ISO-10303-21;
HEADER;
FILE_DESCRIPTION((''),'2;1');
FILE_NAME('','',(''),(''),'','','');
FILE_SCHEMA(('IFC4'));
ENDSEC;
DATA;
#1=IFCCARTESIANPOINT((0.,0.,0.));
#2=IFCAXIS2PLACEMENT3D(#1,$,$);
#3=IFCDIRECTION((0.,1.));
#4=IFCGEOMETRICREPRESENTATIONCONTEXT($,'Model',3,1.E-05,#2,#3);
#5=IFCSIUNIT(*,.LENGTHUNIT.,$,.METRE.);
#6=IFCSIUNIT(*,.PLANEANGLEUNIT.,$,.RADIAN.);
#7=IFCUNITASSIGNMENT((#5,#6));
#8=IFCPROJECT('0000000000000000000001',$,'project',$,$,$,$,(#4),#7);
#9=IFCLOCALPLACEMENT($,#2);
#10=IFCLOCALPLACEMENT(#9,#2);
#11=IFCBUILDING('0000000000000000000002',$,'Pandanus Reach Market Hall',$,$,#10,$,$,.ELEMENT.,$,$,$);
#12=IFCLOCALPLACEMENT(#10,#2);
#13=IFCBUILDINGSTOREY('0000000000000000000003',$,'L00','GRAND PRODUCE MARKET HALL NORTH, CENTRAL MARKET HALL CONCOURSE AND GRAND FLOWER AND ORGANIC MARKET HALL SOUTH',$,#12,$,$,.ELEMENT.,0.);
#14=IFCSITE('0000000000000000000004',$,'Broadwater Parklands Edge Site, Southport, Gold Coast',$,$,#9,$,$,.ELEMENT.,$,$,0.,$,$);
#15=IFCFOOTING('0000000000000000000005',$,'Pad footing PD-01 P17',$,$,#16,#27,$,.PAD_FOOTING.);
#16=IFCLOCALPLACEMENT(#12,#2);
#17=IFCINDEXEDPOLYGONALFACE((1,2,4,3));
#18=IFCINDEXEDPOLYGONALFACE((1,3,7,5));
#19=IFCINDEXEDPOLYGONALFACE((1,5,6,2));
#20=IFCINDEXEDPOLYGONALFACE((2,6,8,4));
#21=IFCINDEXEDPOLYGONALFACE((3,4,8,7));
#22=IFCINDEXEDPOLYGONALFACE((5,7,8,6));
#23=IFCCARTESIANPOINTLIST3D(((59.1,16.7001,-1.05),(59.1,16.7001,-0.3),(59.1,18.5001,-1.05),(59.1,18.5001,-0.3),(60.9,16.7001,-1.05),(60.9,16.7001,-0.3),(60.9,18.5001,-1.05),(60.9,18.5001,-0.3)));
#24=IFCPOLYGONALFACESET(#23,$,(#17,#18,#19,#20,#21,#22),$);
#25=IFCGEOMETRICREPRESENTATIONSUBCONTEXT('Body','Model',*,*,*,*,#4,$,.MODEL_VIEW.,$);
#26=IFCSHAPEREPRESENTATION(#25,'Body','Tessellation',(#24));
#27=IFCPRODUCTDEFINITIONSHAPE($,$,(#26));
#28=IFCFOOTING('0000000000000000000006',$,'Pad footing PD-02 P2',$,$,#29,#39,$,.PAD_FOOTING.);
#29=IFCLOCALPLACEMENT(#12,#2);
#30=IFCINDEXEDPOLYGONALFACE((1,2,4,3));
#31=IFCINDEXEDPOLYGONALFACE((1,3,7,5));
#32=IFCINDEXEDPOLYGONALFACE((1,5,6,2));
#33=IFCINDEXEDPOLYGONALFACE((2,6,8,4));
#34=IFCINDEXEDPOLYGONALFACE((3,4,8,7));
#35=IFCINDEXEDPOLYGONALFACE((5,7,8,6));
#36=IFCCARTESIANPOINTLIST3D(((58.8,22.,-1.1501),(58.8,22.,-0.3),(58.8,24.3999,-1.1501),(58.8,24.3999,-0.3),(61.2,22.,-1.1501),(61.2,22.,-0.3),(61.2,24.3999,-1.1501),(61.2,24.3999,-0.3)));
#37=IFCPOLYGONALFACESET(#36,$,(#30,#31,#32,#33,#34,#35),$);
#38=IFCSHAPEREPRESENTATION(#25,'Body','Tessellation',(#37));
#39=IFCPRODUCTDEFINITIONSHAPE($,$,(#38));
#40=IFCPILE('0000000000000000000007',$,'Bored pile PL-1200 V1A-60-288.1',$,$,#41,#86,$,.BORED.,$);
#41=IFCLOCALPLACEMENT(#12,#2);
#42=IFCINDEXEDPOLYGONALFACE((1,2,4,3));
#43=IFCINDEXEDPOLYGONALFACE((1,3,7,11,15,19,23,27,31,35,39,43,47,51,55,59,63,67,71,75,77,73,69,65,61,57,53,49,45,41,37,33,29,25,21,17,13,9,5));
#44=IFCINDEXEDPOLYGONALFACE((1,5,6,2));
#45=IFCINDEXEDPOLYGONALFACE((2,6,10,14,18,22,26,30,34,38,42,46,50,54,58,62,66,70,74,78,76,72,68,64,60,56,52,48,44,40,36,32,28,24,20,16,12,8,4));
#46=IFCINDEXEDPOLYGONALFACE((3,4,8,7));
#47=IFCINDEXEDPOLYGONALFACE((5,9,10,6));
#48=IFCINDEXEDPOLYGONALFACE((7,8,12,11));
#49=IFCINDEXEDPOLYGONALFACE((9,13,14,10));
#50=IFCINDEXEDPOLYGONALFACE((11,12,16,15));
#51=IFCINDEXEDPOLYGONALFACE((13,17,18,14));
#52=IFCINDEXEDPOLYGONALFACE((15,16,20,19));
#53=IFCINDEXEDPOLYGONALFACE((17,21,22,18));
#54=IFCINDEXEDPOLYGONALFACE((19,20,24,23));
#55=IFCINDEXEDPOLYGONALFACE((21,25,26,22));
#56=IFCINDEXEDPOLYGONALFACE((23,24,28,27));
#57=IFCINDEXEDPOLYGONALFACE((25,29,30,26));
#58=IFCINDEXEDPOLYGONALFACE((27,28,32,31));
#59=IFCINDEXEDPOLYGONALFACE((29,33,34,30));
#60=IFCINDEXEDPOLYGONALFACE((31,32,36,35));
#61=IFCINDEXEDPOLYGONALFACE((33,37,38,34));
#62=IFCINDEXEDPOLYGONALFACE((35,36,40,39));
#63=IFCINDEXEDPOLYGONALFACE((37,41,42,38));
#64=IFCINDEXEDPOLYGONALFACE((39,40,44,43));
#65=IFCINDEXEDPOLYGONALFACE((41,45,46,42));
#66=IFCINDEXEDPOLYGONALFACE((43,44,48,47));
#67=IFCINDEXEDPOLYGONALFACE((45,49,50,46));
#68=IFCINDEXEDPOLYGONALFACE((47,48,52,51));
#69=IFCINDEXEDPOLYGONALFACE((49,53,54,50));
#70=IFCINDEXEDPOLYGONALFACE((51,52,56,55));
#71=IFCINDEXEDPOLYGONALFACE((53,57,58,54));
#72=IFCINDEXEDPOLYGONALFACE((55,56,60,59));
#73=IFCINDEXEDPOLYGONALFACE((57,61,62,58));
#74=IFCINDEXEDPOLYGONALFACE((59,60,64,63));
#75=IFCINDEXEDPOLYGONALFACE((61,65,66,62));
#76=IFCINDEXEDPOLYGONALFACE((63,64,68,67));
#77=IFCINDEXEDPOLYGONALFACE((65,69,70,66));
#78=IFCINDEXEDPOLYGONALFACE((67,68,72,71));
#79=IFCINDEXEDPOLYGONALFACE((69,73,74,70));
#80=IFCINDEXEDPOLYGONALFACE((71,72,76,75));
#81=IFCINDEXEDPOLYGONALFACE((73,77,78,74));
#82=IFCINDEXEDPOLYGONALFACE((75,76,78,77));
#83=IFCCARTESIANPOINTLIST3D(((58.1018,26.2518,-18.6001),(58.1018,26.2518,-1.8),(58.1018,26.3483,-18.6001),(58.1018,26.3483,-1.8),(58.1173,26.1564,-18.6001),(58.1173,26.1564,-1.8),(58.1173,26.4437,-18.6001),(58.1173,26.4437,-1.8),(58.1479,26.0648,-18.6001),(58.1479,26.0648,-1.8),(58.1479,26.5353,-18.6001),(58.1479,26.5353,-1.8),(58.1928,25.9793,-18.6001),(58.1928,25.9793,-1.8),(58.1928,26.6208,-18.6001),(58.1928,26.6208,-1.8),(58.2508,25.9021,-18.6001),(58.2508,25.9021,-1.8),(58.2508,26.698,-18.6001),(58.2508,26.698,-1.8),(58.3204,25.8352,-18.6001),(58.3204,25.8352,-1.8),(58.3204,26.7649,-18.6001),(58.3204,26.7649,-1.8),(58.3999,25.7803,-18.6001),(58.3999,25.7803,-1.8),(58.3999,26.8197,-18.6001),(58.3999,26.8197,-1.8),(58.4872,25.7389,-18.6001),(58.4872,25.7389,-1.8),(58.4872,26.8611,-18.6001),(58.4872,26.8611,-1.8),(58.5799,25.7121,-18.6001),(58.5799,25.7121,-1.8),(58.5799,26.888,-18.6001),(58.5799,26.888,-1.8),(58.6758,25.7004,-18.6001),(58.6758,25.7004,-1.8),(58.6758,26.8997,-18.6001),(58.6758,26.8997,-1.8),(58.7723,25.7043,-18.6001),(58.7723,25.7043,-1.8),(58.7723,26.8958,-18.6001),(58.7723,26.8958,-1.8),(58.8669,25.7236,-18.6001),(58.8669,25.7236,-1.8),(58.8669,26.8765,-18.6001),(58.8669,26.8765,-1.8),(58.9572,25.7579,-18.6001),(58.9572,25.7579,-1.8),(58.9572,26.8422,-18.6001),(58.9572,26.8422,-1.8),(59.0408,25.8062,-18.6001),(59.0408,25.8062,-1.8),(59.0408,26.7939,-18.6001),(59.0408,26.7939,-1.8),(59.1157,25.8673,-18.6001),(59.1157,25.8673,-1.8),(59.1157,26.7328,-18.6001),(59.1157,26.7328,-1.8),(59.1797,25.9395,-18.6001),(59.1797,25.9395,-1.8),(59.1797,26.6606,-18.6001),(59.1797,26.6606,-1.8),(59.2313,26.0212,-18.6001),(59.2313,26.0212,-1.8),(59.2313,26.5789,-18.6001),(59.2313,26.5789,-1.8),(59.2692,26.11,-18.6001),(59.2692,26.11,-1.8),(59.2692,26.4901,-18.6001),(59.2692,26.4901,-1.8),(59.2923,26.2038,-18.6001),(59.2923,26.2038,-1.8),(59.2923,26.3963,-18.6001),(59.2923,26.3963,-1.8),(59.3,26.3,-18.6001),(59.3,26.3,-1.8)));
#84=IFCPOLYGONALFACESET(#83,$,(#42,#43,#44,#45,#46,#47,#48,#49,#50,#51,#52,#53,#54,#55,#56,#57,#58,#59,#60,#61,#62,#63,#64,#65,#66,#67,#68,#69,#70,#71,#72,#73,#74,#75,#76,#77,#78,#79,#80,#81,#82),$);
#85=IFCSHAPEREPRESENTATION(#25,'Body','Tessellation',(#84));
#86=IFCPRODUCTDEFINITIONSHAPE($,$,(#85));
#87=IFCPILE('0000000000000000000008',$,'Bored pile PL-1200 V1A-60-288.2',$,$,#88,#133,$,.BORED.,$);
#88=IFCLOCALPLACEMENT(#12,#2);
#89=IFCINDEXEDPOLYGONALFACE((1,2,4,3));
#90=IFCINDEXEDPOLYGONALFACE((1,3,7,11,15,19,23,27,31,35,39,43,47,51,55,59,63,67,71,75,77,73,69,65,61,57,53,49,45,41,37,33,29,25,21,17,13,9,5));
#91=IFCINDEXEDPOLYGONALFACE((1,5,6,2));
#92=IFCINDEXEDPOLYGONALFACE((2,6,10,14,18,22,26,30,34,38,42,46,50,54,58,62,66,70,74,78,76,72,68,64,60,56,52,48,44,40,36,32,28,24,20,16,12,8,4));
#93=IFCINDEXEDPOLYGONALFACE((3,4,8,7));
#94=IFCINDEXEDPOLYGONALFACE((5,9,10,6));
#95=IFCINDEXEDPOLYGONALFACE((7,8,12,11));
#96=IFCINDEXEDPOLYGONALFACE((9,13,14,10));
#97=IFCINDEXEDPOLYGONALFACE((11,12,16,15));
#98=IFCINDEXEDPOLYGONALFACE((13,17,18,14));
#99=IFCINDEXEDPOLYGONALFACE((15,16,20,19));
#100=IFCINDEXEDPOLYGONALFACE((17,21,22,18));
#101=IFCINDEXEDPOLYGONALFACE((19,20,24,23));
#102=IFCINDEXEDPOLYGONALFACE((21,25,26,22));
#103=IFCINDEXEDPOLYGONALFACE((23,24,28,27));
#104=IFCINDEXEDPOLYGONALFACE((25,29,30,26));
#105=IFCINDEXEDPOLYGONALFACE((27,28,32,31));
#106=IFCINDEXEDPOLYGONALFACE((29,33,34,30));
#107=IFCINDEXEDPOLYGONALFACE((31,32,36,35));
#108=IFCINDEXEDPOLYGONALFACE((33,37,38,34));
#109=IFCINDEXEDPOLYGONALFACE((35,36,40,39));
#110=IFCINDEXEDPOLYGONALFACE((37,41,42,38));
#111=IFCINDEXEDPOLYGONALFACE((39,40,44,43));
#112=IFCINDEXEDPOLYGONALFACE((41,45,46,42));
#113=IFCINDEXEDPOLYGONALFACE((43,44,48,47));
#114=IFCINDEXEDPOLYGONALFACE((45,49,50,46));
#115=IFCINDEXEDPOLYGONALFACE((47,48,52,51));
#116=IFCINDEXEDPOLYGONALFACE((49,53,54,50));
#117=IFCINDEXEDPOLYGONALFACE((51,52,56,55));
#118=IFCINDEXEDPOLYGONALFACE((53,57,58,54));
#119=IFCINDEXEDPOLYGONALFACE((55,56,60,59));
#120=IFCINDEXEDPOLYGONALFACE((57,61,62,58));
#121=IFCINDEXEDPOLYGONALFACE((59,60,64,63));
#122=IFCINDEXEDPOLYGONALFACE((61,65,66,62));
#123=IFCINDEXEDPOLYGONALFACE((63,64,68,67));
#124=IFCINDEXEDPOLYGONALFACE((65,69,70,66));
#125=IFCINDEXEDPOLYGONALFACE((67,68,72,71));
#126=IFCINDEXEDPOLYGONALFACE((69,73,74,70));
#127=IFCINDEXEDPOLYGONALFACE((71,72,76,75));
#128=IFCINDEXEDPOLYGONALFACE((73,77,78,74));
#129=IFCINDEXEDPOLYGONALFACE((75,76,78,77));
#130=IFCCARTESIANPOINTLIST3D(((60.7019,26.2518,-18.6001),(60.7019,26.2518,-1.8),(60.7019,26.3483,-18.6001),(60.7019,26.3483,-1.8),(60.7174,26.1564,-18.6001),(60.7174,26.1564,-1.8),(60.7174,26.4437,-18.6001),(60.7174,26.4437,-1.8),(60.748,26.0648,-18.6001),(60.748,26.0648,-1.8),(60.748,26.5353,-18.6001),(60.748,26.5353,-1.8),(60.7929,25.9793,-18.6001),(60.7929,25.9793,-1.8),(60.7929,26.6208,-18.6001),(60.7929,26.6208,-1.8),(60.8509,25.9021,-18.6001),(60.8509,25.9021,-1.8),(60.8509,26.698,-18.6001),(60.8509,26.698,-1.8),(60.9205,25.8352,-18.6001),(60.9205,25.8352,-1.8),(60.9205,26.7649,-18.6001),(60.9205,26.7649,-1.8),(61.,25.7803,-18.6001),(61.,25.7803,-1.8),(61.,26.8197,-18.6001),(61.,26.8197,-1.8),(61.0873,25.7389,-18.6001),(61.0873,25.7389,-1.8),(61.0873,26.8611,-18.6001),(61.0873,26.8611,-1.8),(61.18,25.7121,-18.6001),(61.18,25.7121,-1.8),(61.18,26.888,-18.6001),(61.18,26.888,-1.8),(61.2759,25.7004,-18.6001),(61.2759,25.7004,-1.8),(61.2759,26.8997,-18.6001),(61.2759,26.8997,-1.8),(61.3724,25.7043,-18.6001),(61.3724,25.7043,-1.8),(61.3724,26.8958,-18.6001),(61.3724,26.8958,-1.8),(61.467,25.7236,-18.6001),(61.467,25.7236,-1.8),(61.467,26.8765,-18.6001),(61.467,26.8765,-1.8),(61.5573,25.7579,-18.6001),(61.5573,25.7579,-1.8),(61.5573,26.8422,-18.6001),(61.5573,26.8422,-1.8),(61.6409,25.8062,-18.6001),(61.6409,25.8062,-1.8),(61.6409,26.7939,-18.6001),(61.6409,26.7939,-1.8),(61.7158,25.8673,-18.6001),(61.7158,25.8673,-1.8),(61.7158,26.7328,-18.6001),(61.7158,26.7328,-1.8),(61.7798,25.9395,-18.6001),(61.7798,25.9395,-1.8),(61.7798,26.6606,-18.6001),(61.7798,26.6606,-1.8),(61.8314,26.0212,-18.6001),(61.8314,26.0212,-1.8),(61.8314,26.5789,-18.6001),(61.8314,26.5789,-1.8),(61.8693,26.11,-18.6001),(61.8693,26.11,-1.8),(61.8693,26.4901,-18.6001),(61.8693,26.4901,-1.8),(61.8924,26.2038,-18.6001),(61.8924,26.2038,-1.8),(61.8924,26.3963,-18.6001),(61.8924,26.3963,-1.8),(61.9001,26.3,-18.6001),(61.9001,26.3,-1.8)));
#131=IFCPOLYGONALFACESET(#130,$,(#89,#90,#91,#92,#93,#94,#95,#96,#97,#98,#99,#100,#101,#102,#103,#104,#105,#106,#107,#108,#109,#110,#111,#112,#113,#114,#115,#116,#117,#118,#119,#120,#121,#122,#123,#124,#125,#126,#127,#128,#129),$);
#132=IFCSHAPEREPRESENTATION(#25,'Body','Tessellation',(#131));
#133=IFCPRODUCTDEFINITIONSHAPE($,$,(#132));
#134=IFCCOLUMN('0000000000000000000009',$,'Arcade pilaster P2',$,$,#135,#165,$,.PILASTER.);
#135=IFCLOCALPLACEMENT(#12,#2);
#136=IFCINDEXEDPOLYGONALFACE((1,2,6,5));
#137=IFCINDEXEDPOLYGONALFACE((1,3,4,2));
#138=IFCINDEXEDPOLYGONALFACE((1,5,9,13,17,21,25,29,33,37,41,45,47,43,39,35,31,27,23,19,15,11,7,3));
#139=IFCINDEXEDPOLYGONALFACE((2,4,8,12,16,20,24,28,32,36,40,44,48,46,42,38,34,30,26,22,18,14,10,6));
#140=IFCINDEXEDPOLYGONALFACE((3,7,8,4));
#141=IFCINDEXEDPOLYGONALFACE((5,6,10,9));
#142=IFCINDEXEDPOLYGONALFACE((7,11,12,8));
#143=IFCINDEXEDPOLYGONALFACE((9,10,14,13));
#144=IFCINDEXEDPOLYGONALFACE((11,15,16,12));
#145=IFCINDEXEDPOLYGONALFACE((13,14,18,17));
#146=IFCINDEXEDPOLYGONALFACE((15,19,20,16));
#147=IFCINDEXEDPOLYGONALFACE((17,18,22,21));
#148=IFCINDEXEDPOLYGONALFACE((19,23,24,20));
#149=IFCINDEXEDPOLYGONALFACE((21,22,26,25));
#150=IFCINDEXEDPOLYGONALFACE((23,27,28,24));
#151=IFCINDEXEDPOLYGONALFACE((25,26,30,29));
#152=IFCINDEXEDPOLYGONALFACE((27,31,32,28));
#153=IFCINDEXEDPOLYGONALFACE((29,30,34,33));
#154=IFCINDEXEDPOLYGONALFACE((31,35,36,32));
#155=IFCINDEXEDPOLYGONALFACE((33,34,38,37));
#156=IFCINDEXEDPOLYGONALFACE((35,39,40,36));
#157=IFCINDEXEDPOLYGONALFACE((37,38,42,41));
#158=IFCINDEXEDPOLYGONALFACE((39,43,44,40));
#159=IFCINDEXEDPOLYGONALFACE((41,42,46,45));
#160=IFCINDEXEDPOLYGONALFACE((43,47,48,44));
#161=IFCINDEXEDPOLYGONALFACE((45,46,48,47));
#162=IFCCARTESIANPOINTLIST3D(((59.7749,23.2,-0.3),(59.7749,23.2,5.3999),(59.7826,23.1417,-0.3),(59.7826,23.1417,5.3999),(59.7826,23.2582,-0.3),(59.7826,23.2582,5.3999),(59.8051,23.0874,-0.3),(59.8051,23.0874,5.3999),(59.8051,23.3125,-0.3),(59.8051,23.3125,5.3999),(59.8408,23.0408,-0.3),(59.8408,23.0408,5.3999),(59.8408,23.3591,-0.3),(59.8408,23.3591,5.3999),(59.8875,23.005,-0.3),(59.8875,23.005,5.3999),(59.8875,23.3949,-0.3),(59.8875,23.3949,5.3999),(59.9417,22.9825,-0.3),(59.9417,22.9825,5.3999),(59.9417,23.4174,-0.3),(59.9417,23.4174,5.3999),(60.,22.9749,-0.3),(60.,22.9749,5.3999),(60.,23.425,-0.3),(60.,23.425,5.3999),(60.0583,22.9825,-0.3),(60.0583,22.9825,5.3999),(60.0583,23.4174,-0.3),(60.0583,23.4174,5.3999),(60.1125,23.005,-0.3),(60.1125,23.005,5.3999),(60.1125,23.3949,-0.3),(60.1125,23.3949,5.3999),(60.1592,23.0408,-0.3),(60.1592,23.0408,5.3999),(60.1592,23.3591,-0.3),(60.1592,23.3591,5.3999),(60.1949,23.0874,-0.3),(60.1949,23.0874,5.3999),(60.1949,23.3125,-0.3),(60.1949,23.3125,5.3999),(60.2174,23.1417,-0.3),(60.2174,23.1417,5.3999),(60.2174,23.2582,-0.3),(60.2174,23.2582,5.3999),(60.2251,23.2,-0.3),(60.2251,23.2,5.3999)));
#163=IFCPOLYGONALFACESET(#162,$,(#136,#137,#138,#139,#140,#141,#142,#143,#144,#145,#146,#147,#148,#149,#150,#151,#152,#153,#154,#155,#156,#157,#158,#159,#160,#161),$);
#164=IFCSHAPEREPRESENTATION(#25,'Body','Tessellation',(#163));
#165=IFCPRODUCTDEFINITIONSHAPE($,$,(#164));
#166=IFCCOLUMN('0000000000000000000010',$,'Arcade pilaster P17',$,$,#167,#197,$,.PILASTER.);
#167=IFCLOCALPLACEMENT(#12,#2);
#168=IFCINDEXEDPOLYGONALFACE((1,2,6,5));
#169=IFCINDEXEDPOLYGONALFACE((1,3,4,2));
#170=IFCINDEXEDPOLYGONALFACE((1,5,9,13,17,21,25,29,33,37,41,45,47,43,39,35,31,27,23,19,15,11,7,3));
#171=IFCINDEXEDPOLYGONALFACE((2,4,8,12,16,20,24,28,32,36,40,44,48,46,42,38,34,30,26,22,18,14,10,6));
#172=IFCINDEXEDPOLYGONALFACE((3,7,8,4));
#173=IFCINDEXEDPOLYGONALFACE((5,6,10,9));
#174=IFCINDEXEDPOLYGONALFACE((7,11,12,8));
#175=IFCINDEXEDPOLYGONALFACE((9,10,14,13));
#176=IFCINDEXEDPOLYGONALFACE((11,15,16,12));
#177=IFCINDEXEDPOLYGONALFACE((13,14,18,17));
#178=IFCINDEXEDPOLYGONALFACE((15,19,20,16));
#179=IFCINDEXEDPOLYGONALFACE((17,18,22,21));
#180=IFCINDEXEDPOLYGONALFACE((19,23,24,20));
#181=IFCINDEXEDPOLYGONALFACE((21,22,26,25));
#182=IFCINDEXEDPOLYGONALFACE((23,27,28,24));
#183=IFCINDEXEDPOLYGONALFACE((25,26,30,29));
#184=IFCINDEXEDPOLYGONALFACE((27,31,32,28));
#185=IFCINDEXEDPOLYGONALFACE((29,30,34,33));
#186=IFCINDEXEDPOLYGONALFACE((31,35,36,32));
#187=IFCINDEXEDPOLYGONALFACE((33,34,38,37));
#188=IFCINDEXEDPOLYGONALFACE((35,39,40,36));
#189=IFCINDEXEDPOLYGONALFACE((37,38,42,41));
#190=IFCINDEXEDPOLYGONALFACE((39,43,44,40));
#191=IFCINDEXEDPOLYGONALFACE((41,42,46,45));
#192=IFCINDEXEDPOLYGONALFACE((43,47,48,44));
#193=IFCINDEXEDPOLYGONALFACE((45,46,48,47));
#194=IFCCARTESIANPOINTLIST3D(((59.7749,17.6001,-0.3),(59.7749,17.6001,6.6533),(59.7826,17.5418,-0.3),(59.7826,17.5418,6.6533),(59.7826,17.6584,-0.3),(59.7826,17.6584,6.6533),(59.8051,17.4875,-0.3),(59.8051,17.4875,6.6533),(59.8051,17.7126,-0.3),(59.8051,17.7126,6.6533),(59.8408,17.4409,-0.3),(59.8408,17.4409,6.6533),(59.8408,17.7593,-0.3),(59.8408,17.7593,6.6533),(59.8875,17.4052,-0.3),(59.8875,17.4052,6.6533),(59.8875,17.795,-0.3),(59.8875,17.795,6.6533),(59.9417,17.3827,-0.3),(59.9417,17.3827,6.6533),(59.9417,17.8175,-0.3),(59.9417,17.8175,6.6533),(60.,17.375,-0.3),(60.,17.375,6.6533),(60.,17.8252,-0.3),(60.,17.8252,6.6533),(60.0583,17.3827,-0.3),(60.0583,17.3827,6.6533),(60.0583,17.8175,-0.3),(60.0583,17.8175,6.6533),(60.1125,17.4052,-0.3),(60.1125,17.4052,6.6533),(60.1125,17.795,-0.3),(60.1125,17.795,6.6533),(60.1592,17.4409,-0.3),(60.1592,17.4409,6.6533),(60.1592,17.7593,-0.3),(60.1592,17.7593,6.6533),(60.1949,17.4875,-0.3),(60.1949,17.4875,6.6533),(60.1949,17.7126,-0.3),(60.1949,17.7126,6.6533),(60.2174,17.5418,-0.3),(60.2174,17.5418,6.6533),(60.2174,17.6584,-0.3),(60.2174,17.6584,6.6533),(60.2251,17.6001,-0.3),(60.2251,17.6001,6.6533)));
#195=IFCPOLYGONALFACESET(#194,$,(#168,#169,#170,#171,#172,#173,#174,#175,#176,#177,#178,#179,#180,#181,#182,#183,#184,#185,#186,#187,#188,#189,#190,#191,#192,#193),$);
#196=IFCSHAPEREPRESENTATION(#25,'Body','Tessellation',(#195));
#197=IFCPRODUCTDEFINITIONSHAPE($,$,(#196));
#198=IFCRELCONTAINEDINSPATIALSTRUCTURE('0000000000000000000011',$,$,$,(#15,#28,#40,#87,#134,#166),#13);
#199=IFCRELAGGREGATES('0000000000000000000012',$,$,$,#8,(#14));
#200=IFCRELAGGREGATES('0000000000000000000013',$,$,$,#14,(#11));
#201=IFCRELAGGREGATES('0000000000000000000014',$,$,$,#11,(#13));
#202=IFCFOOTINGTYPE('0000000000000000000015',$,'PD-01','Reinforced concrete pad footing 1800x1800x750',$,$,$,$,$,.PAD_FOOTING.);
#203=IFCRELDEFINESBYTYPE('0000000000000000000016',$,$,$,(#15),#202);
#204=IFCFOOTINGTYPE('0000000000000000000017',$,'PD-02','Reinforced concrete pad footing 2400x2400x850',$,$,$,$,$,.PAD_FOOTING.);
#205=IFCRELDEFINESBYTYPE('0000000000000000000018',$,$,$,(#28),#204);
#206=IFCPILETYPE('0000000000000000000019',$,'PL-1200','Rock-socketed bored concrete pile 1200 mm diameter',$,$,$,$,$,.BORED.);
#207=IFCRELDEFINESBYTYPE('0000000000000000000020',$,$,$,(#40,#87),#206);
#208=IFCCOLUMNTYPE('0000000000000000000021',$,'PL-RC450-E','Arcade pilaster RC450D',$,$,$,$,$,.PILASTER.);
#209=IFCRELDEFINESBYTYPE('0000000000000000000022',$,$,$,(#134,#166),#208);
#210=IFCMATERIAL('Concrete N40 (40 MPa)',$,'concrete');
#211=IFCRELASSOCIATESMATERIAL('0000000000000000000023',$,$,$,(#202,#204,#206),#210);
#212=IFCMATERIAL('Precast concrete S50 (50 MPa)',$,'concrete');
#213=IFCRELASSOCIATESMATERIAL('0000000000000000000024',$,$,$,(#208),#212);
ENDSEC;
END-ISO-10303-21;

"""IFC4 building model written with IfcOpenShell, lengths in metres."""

from ifc_helpers import new_model, si_unit, direction, frame, origin, origin_2d, place, context, subcontext, project, spatial, rectangle, circle, extrude, material, material_profile, profile_set, type_object, element, save


model = new_model("IFC4")

# Units and contexts
model_context = context("Model", 3, precision=1e-05, world=origin(), true_north=direction((0.0, 1.0)))
body_context = subcontext(model_context, "Body", "Model", "MODEL_VIEW")
ifc_project = project(units=[si_unit("LENGTHUNIT", "METRE"), si_unit("PLANEANGLEUNIT", "RADIAN")], contexts=[model_context])

# Site, building, storey
site_placement = place(None, origin())
site = spatial("IfcSite", under=ifc_project, at=site_placement, Name="Broadwater Parklands Edge Site, Southport, Gold Coast", CompositionType="ELEMENT", RefElevation=0.0)
building_placement = place(site_placement, origin())
building = spatial("IfcBuilding", under=site, at=building_placement, Name="Pandanus Reach Market Hall", CompositionType="ELEMENT")
storey_placement = place(building_placement, origin())
storey = spatial("IfcBuildingStorey", under=building, at=storey_placement, Name="L00", Description="GRAND PRODUCE MARKET HALL NORTH, CENTRAL MARKET HALL CONCOURSE AND GRAND FLOWER AND ORGANIC MARKET HALL SOUTH", CompositionType="ELEMENT", Elevation=0.0)

# Footings
ifc_material_1 = material(Name="Concrete N40 (40 MPa)", Category="concrete")
footing_type_1 = type_object("IfcFootingType", Name="PD-01", Description="Reinforced concrete pad footing 1800x1800x750", PredefinedType="PAD_FOOTING", material=ifc_material_1)
footing_1_placement = place(storey_placement, frame((60.0, 17.6001, -1.05), z_axis=(0.0, 0.0, 1.0), x_axis=(1.0, 0.0, 0.0)))
element("IfcFooting", 1, at=footing_1_placement, inside=storey, type_object=footing_type_1, Name="Pad footing PD-01 P17", PredefinedType="PAD_FOOTING", context=body_context, shape_type="SweptSolid", body=[
    extrude(rectangle(XDim=1.8, YDim=1.8, at=origin_2d()), origin(), (0.0, 0.0, 1.0), 0.75),
])
footing_type_2 = type_object("IfcFootingType", Name="PD-02", Description="Reinforced concrete pad footing 2400x2400x850", PredefinedType="PAD_FOOTING", material=ifc_material_1)
footing_2_placement = place(storey_placement, frame((60.0, 23.2, -1.1501), z_axis=(0.0, 0.0, 1.0), x_axis=(1.0, 0.0, 0.0)))
element("IfcFooting", 2, at=footing_2_placement, inside=storey, type_object=footing_type_2, Name="Pad footing PD-02 P2", PredefinedType="PAD_FOOTING", context=body_context, shape_type="SweptSolid", body=[
    extrude(rectangle(XDim=2.3999, YDim=2.3999, at=origin_2d()), origin(), (0.0, 0.0, 1.0), 0.8501),
])

# Piles
ifc_material_profile_1 = material_profile(ifc_material_1, circle(Radius=0.6001, at=origin_2d()), Name="PILE-1200D", Category="LoadBearing")
ifc_profile_set_1 = profile_set([ifc_material_profile_1], Name="Concrete N40 (40 MPa)")
pile_type = type_object("IfcPileType", Name="PL-1200", Description="Rock-socketed bored concrete pile 1200 mm diameter", PredefinedType="BORED", material=ifc_profile_set_1)
for number, where, z_axis, x_axis, name in (
    (3, (58.7, 26.3, -1.8), (0.0, 0.0, -1.0), (1.0, 0.0, 0.0), "Bored pile PL-1200 V1A-60-288.1"),
    (4, (61.3, 26.3, -1.8), (0.0, 0.0, -1.0), (1.0, 0.0, 0.0), "Bored pile PL-1200 V1A-60-288.2"),
):
    element("IfcPile", number, at=place(storey_placement, frame(where, z_axis=z_axis, x_axis=x_axis)), inside=storey, type_object=pile_type, Name=name, PredefinedType="BORED", context=body_context, shape_type="SweptSolid", body=[
        extrude(circle(Radius=0.6001, at=origin_2d()), origin(), (0.0, 0.0, 1.0), 16.8),
    ])

# Columns
ifc_material_2 = material(Name="Precast concrete S50 (50 MPa)", Category="concrete")
ifc_material_profile_2 = material_profile(ifc_material_2, circle(Radius=0.2251, at=origin_2d()), Name="RC450D", Category="LoadBearing")
ifc_profile_set_2 = profile_set([ifc_material_profile_2], Name="Precast concrete S50 (50 MPa)")
column_type = type_object("IfcColumnType", Name="PL-RC450-E", Description="Arcade pilaster RC450D", PredefinedType="PILASTER", material=ifc_profile_set_2)
column_1_placement = place(storey_placement, frame((60.0, 23.2, -0.3), z_axis=(0.0, 0.0, 1.0), x_axis=(1.0, 0.0, 0.0)))
element("IfcColumn", 5, at=column_1_placement, inside=storey, type_object=column_type, Name="Arcade pilaster P2", PredefinedType="PILASTER", context=body_context, shape_type="SweptSolid", body=[
    extrude(circle(Radius=0.2251, at=origin_2d()), origin(), (0.0, 0.0, 1.0), 5.7),
])
column_2_placement = place(storey_placement, frame((60.0, 17.6001, -0.3), z_axis=(0.0, 0.0, 1.0), x_axis=(1.0, 0.0, 0.0)))
element("IfcColumn", 6, at=column_2_placement, inside=storey, type_object=column_type, Name="Arcade pilaster P17", PredefinedType="PILASTER", context=body_context, shape_type="SweptSolid", body=[
    extrude(circle(Radius=0.2251, at=origin_2d()), origin(), (0.0, 0.0, 1.0), 6.9534),
])

save(model, "model.ifc")
